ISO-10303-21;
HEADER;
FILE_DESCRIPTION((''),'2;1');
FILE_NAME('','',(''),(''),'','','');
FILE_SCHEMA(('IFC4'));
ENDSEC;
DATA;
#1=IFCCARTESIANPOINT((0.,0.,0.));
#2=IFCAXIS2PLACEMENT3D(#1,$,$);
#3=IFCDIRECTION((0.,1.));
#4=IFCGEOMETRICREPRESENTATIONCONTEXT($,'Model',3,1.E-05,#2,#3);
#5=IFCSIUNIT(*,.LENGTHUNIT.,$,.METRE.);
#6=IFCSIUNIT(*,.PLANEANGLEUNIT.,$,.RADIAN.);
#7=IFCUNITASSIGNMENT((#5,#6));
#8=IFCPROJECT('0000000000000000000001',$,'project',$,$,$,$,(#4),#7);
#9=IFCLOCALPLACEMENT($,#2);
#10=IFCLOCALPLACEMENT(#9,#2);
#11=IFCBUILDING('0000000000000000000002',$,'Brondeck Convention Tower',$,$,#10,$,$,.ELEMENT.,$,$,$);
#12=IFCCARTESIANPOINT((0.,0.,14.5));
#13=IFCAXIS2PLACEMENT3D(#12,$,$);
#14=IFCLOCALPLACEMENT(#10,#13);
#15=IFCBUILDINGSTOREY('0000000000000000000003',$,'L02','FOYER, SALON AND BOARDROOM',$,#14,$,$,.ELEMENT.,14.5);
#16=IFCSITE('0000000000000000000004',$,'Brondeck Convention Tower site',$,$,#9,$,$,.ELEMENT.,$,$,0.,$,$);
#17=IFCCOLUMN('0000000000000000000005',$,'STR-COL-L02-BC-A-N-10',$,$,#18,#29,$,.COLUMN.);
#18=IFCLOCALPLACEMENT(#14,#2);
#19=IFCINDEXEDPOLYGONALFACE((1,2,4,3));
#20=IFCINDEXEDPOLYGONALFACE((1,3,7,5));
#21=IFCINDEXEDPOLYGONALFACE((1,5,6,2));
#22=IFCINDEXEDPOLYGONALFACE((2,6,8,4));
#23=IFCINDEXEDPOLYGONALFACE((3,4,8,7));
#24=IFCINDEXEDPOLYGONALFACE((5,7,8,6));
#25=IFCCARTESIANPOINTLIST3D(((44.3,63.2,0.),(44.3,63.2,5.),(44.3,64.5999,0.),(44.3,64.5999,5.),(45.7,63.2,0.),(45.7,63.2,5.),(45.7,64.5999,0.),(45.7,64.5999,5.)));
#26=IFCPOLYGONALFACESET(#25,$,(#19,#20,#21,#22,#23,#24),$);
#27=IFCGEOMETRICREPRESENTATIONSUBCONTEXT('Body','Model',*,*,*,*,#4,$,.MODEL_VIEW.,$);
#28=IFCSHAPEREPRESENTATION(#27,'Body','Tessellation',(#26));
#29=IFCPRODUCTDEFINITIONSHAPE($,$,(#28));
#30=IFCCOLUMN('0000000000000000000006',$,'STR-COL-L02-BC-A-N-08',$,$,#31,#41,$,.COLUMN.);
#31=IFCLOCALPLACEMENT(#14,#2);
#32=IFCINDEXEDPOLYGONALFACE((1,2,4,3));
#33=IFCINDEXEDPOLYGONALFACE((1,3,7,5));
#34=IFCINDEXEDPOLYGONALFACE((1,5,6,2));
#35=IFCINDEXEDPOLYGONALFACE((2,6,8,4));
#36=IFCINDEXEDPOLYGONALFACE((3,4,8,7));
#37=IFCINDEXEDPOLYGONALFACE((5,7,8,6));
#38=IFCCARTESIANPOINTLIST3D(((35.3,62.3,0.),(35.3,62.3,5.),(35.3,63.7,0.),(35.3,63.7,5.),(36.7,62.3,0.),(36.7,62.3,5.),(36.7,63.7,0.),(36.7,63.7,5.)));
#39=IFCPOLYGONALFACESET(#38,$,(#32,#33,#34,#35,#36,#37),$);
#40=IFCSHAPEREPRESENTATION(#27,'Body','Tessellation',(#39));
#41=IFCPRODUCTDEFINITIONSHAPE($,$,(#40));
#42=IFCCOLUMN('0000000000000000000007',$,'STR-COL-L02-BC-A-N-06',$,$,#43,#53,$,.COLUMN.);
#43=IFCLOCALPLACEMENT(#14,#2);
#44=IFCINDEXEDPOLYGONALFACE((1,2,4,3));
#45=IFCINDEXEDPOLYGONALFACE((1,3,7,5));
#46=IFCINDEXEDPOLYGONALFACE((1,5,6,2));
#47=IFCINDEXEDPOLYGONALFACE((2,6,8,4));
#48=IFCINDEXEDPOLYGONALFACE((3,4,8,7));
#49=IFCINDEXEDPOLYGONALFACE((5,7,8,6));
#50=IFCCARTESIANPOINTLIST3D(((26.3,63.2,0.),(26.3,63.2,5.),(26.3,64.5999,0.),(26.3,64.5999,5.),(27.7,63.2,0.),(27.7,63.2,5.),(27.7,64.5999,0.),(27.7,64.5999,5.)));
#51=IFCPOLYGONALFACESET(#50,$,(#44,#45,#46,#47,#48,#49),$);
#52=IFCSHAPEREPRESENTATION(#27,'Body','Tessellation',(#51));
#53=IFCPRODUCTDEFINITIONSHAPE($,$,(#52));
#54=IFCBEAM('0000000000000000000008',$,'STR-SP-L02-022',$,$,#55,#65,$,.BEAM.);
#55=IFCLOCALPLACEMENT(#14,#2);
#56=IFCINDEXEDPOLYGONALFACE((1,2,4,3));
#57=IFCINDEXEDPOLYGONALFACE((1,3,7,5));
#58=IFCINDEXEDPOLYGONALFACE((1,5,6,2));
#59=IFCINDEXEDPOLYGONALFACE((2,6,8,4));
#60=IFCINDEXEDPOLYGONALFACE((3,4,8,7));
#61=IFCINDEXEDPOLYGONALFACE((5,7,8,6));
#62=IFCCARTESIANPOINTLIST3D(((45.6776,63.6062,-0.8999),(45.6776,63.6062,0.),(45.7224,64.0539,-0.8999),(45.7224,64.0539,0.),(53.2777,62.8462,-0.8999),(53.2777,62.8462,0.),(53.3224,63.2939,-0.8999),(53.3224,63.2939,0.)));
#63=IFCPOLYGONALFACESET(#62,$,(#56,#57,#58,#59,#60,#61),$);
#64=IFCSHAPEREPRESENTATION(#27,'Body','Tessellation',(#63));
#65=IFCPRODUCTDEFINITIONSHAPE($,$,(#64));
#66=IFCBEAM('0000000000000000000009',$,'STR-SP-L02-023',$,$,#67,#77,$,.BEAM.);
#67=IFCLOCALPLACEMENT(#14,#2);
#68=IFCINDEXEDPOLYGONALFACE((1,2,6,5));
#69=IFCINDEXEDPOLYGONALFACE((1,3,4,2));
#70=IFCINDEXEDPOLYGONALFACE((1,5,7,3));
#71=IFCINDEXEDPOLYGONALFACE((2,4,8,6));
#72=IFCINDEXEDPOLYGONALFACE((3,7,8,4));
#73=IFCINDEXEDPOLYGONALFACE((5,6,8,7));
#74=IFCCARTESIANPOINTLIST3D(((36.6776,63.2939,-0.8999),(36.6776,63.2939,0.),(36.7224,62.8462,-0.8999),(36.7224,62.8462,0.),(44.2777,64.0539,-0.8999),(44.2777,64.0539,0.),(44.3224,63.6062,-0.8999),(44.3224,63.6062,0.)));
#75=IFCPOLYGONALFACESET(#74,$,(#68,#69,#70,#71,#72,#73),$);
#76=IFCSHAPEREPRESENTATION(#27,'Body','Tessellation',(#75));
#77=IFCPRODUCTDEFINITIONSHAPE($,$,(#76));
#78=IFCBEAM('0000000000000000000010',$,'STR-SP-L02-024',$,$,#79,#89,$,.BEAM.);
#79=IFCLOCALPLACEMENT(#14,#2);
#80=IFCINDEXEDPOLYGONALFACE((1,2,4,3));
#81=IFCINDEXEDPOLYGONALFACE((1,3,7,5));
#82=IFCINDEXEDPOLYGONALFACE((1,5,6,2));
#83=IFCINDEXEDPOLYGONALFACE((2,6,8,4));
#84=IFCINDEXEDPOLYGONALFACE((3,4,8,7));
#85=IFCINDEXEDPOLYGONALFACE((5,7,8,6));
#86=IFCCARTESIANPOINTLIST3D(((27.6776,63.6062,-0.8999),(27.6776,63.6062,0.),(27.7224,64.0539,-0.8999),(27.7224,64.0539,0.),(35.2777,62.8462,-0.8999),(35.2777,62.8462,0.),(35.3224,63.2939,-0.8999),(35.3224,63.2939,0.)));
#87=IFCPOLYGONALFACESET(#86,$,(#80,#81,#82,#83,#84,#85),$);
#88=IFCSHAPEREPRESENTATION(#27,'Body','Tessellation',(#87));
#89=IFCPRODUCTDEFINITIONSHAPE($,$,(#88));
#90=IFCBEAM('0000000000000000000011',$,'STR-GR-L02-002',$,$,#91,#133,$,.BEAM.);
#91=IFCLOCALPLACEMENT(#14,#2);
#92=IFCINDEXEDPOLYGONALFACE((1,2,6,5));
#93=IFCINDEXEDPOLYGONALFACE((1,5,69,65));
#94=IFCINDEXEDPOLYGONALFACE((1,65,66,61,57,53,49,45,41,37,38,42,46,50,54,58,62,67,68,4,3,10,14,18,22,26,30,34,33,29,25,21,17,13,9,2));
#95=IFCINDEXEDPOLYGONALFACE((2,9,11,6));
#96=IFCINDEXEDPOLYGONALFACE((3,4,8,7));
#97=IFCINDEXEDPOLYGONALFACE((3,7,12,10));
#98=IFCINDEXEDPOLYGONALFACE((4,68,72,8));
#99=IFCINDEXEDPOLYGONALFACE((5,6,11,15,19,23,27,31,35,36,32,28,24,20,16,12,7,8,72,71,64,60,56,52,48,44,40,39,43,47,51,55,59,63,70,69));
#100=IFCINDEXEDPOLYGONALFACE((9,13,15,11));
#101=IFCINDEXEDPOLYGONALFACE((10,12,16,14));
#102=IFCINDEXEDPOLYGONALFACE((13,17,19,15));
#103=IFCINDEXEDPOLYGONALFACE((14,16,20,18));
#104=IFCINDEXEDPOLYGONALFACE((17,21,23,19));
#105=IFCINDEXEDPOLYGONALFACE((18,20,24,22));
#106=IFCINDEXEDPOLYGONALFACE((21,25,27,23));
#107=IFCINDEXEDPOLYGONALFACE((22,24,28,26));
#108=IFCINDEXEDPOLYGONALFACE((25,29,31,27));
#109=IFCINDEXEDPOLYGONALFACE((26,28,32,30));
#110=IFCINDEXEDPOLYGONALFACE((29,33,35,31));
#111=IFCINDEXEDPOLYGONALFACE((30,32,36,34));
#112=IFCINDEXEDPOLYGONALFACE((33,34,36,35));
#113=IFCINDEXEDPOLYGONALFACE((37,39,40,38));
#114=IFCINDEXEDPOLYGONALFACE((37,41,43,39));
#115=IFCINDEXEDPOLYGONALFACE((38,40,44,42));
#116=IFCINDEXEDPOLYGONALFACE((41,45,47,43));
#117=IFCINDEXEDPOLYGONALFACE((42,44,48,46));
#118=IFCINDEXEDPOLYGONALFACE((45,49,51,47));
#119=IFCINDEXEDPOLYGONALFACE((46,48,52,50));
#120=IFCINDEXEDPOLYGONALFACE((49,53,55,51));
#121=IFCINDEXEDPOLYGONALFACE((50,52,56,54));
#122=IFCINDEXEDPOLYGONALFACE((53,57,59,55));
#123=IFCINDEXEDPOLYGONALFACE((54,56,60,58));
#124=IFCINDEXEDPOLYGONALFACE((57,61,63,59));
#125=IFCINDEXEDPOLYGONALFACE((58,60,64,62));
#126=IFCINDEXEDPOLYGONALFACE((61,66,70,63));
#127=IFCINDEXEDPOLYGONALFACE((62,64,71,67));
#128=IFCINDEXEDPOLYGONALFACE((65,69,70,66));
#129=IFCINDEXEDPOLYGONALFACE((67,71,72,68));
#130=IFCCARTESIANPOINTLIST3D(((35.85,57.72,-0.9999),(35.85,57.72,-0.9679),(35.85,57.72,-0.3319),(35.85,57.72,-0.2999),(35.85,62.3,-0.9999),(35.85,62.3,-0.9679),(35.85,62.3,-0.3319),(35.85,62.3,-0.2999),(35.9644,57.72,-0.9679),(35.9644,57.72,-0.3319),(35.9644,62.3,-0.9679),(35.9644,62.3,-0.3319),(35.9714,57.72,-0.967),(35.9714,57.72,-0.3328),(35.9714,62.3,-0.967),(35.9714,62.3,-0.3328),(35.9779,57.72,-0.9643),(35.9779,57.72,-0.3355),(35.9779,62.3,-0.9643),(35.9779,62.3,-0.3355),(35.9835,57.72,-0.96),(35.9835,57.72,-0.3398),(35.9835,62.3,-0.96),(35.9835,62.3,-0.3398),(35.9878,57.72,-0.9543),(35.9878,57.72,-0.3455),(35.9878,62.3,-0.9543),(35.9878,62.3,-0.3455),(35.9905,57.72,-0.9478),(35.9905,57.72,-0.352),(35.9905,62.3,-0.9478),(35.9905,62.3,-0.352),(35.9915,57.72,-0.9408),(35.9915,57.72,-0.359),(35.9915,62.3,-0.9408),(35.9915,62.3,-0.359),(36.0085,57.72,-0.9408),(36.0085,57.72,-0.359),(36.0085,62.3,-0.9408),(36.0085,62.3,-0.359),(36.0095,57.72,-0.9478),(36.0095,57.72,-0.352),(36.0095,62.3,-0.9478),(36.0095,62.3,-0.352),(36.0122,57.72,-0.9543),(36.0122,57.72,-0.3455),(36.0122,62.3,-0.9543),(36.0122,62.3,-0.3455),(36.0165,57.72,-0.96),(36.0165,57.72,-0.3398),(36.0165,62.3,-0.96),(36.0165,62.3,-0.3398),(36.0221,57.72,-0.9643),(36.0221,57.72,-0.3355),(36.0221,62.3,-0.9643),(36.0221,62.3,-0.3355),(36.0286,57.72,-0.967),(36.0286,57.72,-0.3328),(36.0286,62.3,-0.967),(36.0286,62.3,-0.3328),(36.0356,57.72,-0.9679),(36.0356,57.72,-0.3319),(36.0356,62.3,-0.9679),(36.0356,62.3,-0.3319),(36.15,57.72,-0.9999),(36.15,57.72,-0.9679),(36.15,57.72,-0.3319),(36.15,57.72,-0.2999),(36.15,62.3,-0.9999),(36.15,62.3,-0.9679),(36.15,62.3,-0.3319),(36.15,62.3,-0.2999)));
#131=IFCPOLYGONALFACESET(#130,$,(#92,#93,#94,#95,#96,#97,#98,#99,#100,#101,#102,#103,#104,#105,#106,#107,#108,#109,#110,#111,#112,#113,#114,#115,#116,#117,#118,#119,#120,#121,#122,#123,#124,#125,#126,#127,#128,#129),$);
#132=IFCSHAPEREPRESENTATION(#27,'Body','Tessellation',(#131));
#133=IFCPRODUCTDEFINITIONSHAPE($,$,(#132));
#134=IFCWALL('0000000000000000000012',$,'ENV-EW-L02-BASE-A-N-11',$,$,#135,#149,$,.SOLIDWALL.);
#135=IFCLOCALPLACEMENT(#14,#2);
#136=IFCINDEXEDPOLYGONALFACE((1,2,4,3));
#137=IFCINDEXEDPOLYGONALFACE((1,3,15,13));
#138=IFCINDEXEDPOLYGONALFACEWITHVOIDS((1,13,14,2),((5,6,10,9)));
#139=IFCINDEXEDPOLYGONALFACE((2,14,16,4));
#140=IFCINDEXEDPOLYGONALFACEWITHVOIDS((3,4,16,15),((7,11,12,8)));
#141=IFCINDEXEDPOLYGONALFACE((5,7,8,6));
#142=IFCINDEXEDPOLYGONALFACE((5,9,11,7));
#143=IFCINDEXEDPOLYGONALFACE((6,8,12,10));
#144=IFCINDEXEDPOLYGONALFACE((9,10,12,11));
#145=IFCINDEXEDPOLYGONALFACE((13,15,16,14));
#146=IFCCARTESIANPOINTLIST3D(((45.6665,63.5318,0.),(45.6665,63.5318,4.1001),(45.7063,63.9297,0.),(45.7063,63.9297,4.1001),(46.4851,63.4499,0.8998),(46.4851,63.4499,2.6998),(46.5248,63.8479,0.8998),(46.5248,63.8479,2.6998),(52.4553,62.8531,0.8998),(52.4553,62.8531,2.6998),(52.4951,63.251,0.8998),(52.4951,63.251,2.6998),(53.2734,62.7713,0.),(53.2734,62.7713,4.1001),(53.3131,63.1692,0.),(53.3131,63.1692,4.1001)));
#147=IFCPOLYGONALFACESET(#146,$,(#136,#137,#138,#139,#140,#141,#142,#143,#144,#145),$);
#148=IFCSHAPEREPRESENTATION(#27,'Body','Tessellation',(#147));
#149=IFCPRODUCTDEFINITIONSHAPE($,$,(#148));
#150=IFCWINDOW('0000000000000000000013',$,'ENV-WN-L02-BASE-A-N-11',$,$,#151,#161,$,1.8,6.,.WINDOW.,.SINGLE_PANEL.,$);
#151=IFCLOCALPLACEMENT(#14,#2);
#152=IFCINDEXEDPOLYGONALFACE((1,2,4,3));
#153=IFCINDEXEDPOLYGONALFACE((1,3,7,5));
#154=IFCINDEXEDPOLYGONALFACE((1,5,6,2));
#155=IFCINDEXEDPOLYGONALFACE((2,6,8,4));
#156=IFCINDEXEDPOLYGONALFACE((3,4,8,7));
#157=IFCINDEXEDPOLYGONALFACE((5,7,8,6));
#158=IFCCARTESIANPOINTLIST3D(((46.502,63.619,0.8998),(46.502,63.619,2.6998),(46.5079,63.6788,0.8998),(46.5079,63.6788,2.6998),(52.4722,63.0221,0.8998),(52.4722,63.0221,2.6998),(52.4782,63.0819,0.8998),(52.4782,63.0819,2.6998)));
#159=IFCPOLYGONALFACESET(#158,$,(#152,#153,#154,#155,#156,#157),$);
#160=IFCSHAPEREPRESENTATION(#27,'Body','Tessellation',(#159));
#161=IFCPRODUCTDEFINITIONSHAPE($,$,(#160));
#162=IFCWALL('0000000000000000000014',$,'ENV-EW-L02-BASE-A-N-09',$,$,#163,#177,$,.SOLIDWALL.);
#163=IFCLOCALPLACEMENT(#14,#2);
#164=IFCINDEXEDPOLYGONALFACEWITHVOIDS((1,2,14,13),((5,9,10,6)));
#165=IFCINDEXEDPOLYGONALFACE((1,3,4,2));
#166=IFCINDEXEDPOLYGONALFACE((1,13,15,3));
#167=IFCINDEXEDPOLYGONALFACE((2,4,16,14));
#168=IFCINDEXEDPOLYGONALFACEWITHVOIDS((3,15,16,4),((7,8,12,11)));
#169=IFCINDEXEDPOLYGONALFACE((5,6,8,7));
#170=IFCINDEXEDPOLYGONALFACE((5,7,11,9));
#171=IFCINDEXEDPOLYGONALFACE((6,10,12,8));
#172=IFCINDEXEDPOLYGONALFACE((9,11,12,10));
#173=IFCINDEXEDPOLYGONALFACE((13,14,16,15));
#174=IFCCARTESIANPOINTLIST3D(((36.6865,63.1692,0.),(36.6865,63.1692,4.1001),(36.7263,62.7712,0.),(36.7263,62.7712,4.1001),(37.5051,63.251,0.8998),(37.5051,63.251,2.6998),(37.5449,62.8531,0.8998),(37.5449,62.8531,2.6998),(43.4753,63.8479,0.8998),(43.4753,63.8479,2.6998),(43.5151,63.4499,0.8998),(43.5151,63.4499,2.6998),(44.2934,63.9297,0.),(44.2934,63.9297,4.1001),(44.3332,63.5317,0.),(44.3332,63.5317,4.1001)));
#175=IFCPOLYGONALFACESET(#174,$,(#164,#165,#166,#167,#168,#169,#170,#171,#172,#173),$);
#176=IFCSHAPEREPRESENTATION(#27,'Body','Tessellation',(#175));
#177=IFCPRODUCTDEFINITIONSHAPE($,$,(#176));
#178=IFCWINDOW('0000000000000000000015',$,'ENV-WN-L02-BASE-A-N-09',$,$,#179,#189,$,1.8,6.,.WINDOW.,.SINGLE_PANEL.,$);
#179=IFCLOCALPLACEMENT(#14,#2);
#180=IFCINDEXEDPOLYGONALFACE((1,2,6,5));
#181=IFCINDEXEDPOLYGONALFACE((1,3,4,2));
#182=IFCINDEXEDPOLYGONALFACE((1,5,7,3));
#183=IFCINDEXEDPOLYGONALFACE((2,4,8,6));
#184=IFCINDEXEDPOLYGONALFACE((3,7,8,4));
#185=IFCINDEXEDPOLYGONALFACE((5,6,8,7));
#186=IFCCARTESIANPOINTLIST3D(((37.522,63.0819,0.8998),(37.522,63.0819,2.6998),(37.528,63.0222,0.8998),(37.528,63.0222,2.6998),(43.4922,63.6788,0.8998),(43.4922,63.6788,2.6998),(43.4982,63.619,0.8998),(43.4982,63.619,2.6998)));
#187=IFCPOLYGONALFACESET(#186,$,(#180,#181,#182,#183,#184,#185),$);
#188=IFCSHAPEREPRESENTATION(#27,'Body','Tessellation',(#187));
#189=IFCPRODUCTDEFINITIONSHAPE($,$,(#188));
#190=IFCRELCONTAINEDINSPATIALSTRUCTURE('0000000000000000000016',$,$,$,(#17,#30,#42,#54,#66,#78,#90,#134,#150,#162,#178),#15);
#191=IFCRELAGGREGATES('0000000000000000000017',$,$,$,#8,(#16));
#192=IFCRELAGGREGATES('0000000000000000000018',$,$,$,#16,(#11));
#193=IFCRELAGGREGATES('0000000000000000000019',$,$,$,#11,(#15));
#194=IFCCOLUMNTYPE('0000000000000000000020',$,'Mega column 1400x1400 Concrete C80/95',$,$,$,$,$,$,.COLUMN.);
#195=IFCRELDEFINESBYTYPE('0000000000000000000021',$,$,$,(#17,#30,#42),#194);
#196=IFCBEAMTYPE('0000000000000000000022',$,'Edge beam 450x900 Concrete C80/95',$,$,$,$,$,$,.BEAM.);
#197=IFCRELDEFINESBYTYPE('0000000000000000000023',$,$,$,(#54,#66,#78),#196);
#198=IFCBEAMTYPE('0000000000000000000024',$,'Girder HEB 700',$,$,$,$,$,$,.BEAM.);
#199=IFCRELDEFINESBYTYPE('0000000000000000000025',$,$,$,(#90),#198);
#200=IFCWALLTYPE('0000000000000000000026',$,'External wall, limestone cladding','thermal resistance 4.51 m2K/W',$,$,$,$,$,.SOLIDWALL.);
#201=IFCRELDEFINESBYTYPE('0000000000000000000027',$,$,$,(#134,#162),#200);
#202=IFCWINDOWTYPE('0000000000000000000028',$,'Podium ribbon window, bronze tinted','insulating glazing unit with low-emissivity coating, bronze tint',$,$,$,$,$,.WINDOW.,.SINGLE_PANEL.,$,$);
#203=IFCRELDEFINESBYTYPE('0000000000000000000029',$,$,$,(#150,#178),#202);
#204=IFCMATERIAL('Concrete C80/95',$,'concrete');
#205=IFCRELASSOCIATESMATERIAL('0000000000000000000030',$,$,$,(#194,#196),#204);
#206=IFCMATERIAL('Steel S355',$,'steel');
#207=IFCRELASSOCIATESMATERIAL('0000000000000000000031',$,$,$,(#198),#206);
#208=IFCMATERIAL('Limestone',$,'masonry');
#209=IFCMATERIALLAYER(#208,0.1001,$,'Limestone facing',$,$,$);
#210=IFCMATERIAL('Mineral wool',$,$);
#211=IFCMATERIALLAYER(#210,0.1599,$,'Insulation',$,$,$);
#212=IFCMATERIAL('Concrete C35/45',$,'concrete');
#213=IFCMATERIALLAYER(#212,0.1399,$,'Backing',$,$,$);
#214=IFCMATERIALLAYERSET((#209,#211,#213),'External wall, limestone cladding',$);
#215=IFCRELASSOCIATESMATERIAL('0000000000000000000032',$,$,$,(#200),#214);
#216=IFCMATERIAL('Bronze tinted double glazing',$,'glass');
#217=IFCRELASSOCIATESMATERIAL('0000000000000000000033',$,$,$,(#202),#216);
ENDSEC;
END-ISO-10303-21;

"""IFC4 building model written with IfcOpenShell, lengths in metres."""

from ifc_helpers import new_model, si_unit, direction, frame, frame_2d, origin, origin_2d, place, context, subcontext, project, spatial, rectangle, i_section, extrude, material, layer, layer_set, material_profile, profile_set, type_object, element, fill, save


model = new_model("IFC4")

# Units and contexts
model_context = context("Model", 3, precision=1e-05, world=origin(), true_north=direction((0.0, 1.0)))
body_context = subcontext(model_context, "Body", "Model", "MODEL_VIEW")
ifc_project = project(units=[si_unit("LENGTHUNIT", "METRE"), si_unit("PLANEANGLEUNIT", "RADIAN")], contexts=[model_context])

# Site, building, storey
site_placement = place(None, origin())
site = spatial("IfcSite", under=ifc_project, at=site_placement, Name="Brondeck Convention Tower site", CompositionType="ELEMENT", RefElevation=0.0)
building_placement = place(site_placement, origin())
building = spatial("IfcBuilding", under=site, at=building_placement, Name="Brondeck Convention Tower", CompositionType="ELEMENT")
storey_placement = place(building_placement, frame((0.0, 0.0, 14.5)))
storey = spatial("IfcBuildingStorey", under=building, at=storey_placement, Name="L02", Description="FOYER, SALON AND BOARDROOM", CompositionType="ELEMENT", Elevation=14.5)

# Columns
ifc_material_1 = material(Name="Concrete C80/95", Category="concrete")
ifc_material_profile_1 = material_profile(ifc_material_1, rectangle(XDim=1.3999, YDim=1.3999, at=origin_2d()), Name="Mega column 1400x1400 Concrete C80/95")
ifc_profile_set_1 = profile_set([ifc_material_profile_1], Name="Concrete C80/95")
column_type = type_object("IfcColumnType", Name="Mega column 1400x1400 Concrete C80/95", PredefinedType="COLUMN", material=ifc_profile_set_1)
for number, where, z_axis, x_axis, name in (
    (1, (45.0, 63.8999, 0.0), (0.0, 0.0, 1.0), (1.0, 0.0, 0.0), "STR-COL-L02-BC-A-N-10"),
    (2, (36.0, 63.0, 0.0), (0.0, 0.0, 1.0), (1.0, 0.0, 0.0), "STR-COL-L02-BC-A-N-08"),
    (3, (27.0, 63.8999, 0.0), (0.0, 0.0, 1.0), (1.0, 0.0, 0.0), "STR-COL-L02-BC-A-N-06"),
):
    element("IfcColumn", number, at=place(storey_placement, frame(where, z_axis=z_axis, x_axis=x_axis)), inside=storey, type_object=column_type, Name=name, PredefinedType="COLUMN", context=body_context, shape_type="SweptSolid", body=[
        extrude(rectangle(XDim=1.3999, YDim=1.3999, at=origin_2d()), origin(), (0.0, 0.0, 1.0), 5.0),
    ])

# Beams
ifc_material_profile_2 = material_profile(ifc_material_1, rectangle(XDim=0.45, YDim=0.8999, at=origin_2d()), Name="Edge beam 450x900 Concrete C80/95")
ifc_profile_set_2 = profile_set([ifc_material_profile_2], Name="Concrete C80/95")
beam_type_1 = type_object("IfcBeamType", Name="Edge beam 450x900 Concrete C80/95", PredefinedType="BEAM", material=ifc_profile_set_2)
for number, where, z_axis, x_axis, name in (
    (4, (53.3, 63.0701, -0.45), (-0.995037, 0.099504, 0.0), (-0.099504, -0.995037, 0.0), "STR-SP-L02-022"),
    (5, (44.3, 63.8301, -0.45), (-0.995037, -0.099504, 0.0), (0.099504, -0.995037, 0.0), "STR-SP-L02-023"),
    (6, (35.3, 63.0701, -0.45), (-0.995037, 0.099504, 0.0), (-0.099504, -0.995037, 0.0), "STR-SP-L02-024"),
):
    element("IfcBeam", number, at=place(storey_placement, frame(where, z_axis=z_axis, x_axis=x_axis)), inside=storey, type_object=beam_type_1, Name=name, PredefinedType="BEAM", context=body_context, shape_type="SweptSolid", body=[
        extrude(rectangle(XDim=0.45, YDim=0.8999, at=origin_2d()), origin(), (0.0, 0.0, 1.0), 7.6379),
    ])
ifc_material_2 = material(Name="Steel S355", Category="steel")
ifc_material_profile_3 = material_profile(ifc_material_2, i_section(OverallWidth=0.3, OverallDepth=0.7, WebThickness=0.0171, FlangeThickness=0.032, FilletRadius=0.0271, at=origin_2d()), Name="HEB 700")
ifc_profile_set_3 = profile_set([ifc_material_profile_3], Name="Steel S355")
beam_type_2 = type_object("IfcBeamType", Name="Girder HEB 700", PredefinedType="BEAM", material=ifc_profile_set_3)
beam_placement = place(storey_placement, frame((36.0, 57.72, -0.6499), z_axis=(0.0, 1.0, 0.0), x_axis=(-1.0, 0.0, 0.0)))
element("IfcBeam", 7, at=beam_placement, inside=storey, type_object=beam_type_2, Name="STR-GR-L02-002", PredefinedType="BEAM", context=body_context, shape_type="SweptSolid", body=[
    extrude(i_section(OverallWidth=0.3, OverallDepth=0.7, WebThickness=0.0171, FlangeThickness=0.032, FilletRadius=0.0271, at=origin_2d()), origin(), (0.0, 0.0, 1.0), 4.5801),
])

# Walls, openings, windows
ifc_material_3 = material(Name="Limestone", Category="masonry")
ifc_layer_1 = layer(ifc_material_3, 0.1001, Name="Limestone facing")
ifc_material_4 = material(Name="Mineral wool")
ifc_layer_2 = layer(ifc_material_4, 0.1599, Name="Insulation")
ifc_material_5 = material(Name="Concrete C35/45", Category="concrete")
ifc_layer_3 = layer(ifc_material_5, 0.1399, Name="Backing")
ifc_layer_set_1 = layer_set([ifc_layer_1, ifc_layer_2, ifc_layer_3], Name="External wall, limestone cladding")
wall_type_1 = type_object("IfcWallType", Name="External wall, limestone cladding", Description="thermal resistance 4.51 m2K/W", PredefinedType="SOLIDWALL", material=ifc_layer_set_1)
wall_1_placement = place(storey_placement, frame((45.6865, 63.7307, 0.0), z_axis=(0.0, 0.0, 1.0), x_axis=(0.99504, -0.099478, 0.0)))
wall_1 = element("IfcWall", 8, at=wall_1_placement, inside=storey, type_object=wall_type_1, Name="ENV-EW-L02-BASE-A-N-11", PredefinedType="SOLIDWALL", context=body_context, shape_type="SweptSolid", body=[
    extrude(rectangle(XDim=7.6448, YDim=0.3999, at=frame_2d((3.8223, 0.0))), origin(), (0.0, 0.0, 1.0), 4.1001),
])
opening_1_placement = place(wall_1_placement, frame((0.8225, 0.0, 0.8999)))
opening_1 = element("IfcOpeningElement", 9, at=opening_1_placement, cuts=wall_1, PredefinedType="OPENING", context=body_context, shape_type="SweptSolid", body=[
    extrude(rectangle(XDim=6.0, YDim=1.8, at=frame_2d((3.0, 0.8999))), frame((0.0, 0.21, 0.0), z_axis=(0.0, -1.0, 0.0), x_axis=(1.0, 0.0, 0.0)), (0.0, 0.0, 1.0), 0.4199),
])
ifc_material_6 = material(Name="Bronze tinted double glazing", Category="glass")
window_type = type_object("IfcWindowType", Name="Podium ribbon window, bronze tinted", Description="insulating glazing unit with low-emissivity coating, bronze tint", PartitioningType="SINGLE_PANEL", PredefinedType="WINDOW", material=ifc_material_6)
window_1_placement = place(opening_1_placement, origin())
window_1 = element("IfcWindow", 10, at=window_1_placement, inside=storey, type_object=window_type, Name="ENV-WN-L02-BASE-A-N-11", OverallHeight=1.8, OverallWidth=6.0, PartitioningType="SINGLE_PANEL", PredefinedType="WINDOW", context=body_context, shape_type="SweptSolid", body=[
    extrude(rectangle(XDim=6.0, YDim=1.8, at=frame_2d((3.0, 0.8999))), frame((0.0, 0.03, 0.0), z_axis=(0.0, -1.0, 0.0), x_axis=(1.0, 0.0, 0.0)), (0.0, 0.0, 1.0), 0.0601),
])
fill(opening_1, window_1)
wall_2_placement = place(storey_placement, frame((36.7065, 62.9702, 0.0), z_axis=(0.0, 0.0, 1.0), x_axis=(0.99504, 0.099478, 0.0)))
wall_2 = element("IfcWall", 11, at=wall_2_placement, inside=storey, type_object=wall_type_1, Name="ENV-EW-L02-BASE-A-N-09", PredefinedType="SOLIDWALL", context=body_context, shape_type="SweptSolid", body=[
    extrude(rectangle(XDim=7.6448, YDim=0.3999, at=frame_2d((3.8223, 0.0))), origin(), (0.0, 0.0, 1.0), 4.1001),
])
opening_2_placement = place(wall_2_placement, frame((0.8225, 0.0, 0.8999)))
opening_2 = element("IfcOpeningElement", 12, at=opening_2_placement, cuts=wall_2, PredefinedType="OPENING", context=body_context, shape_type="SweptSolid", body=[
    extrude(rectangle(XDim=6.0, YDim=1.8, at=frame_2d((3.0, 0.8999))), frame((0.0, 0.21, 0.0), z_axis=(0.0, -1.0, 0.0), x_axis=(1.0, 0.0, 0.0)), (0.0, 0.0, 1.0), 0.4199),
])
window_2_placement = place(opening_2_placement, origin())
window_2 = element("IfcWindow", 13, at=window_2_placement, inside=storey, type_object=window_type, Name="ENV-WN-L02-BASE-A-N-09", OverallHeight=1.8, OverallWidth=6.0, PartitioningType="SINGLE_PANEL", PredefinedType="WINDOW", context=body_context, shape_type="SweptSolid", body=[
    extrude(rectangle(XDim=6.0, YDim=1.8, at=frame_2d((3.0, 0.8999))), frame((0.0, 0.03, 0.0), z_axis=(0.0, -1.0, 0.0), x_axis=(1.0, 0.0, 0.0)), (0.0, 0.0, 1.0), 0.0601),
])
fill(opening_2, window_2)

save(model, "model.ifc")
